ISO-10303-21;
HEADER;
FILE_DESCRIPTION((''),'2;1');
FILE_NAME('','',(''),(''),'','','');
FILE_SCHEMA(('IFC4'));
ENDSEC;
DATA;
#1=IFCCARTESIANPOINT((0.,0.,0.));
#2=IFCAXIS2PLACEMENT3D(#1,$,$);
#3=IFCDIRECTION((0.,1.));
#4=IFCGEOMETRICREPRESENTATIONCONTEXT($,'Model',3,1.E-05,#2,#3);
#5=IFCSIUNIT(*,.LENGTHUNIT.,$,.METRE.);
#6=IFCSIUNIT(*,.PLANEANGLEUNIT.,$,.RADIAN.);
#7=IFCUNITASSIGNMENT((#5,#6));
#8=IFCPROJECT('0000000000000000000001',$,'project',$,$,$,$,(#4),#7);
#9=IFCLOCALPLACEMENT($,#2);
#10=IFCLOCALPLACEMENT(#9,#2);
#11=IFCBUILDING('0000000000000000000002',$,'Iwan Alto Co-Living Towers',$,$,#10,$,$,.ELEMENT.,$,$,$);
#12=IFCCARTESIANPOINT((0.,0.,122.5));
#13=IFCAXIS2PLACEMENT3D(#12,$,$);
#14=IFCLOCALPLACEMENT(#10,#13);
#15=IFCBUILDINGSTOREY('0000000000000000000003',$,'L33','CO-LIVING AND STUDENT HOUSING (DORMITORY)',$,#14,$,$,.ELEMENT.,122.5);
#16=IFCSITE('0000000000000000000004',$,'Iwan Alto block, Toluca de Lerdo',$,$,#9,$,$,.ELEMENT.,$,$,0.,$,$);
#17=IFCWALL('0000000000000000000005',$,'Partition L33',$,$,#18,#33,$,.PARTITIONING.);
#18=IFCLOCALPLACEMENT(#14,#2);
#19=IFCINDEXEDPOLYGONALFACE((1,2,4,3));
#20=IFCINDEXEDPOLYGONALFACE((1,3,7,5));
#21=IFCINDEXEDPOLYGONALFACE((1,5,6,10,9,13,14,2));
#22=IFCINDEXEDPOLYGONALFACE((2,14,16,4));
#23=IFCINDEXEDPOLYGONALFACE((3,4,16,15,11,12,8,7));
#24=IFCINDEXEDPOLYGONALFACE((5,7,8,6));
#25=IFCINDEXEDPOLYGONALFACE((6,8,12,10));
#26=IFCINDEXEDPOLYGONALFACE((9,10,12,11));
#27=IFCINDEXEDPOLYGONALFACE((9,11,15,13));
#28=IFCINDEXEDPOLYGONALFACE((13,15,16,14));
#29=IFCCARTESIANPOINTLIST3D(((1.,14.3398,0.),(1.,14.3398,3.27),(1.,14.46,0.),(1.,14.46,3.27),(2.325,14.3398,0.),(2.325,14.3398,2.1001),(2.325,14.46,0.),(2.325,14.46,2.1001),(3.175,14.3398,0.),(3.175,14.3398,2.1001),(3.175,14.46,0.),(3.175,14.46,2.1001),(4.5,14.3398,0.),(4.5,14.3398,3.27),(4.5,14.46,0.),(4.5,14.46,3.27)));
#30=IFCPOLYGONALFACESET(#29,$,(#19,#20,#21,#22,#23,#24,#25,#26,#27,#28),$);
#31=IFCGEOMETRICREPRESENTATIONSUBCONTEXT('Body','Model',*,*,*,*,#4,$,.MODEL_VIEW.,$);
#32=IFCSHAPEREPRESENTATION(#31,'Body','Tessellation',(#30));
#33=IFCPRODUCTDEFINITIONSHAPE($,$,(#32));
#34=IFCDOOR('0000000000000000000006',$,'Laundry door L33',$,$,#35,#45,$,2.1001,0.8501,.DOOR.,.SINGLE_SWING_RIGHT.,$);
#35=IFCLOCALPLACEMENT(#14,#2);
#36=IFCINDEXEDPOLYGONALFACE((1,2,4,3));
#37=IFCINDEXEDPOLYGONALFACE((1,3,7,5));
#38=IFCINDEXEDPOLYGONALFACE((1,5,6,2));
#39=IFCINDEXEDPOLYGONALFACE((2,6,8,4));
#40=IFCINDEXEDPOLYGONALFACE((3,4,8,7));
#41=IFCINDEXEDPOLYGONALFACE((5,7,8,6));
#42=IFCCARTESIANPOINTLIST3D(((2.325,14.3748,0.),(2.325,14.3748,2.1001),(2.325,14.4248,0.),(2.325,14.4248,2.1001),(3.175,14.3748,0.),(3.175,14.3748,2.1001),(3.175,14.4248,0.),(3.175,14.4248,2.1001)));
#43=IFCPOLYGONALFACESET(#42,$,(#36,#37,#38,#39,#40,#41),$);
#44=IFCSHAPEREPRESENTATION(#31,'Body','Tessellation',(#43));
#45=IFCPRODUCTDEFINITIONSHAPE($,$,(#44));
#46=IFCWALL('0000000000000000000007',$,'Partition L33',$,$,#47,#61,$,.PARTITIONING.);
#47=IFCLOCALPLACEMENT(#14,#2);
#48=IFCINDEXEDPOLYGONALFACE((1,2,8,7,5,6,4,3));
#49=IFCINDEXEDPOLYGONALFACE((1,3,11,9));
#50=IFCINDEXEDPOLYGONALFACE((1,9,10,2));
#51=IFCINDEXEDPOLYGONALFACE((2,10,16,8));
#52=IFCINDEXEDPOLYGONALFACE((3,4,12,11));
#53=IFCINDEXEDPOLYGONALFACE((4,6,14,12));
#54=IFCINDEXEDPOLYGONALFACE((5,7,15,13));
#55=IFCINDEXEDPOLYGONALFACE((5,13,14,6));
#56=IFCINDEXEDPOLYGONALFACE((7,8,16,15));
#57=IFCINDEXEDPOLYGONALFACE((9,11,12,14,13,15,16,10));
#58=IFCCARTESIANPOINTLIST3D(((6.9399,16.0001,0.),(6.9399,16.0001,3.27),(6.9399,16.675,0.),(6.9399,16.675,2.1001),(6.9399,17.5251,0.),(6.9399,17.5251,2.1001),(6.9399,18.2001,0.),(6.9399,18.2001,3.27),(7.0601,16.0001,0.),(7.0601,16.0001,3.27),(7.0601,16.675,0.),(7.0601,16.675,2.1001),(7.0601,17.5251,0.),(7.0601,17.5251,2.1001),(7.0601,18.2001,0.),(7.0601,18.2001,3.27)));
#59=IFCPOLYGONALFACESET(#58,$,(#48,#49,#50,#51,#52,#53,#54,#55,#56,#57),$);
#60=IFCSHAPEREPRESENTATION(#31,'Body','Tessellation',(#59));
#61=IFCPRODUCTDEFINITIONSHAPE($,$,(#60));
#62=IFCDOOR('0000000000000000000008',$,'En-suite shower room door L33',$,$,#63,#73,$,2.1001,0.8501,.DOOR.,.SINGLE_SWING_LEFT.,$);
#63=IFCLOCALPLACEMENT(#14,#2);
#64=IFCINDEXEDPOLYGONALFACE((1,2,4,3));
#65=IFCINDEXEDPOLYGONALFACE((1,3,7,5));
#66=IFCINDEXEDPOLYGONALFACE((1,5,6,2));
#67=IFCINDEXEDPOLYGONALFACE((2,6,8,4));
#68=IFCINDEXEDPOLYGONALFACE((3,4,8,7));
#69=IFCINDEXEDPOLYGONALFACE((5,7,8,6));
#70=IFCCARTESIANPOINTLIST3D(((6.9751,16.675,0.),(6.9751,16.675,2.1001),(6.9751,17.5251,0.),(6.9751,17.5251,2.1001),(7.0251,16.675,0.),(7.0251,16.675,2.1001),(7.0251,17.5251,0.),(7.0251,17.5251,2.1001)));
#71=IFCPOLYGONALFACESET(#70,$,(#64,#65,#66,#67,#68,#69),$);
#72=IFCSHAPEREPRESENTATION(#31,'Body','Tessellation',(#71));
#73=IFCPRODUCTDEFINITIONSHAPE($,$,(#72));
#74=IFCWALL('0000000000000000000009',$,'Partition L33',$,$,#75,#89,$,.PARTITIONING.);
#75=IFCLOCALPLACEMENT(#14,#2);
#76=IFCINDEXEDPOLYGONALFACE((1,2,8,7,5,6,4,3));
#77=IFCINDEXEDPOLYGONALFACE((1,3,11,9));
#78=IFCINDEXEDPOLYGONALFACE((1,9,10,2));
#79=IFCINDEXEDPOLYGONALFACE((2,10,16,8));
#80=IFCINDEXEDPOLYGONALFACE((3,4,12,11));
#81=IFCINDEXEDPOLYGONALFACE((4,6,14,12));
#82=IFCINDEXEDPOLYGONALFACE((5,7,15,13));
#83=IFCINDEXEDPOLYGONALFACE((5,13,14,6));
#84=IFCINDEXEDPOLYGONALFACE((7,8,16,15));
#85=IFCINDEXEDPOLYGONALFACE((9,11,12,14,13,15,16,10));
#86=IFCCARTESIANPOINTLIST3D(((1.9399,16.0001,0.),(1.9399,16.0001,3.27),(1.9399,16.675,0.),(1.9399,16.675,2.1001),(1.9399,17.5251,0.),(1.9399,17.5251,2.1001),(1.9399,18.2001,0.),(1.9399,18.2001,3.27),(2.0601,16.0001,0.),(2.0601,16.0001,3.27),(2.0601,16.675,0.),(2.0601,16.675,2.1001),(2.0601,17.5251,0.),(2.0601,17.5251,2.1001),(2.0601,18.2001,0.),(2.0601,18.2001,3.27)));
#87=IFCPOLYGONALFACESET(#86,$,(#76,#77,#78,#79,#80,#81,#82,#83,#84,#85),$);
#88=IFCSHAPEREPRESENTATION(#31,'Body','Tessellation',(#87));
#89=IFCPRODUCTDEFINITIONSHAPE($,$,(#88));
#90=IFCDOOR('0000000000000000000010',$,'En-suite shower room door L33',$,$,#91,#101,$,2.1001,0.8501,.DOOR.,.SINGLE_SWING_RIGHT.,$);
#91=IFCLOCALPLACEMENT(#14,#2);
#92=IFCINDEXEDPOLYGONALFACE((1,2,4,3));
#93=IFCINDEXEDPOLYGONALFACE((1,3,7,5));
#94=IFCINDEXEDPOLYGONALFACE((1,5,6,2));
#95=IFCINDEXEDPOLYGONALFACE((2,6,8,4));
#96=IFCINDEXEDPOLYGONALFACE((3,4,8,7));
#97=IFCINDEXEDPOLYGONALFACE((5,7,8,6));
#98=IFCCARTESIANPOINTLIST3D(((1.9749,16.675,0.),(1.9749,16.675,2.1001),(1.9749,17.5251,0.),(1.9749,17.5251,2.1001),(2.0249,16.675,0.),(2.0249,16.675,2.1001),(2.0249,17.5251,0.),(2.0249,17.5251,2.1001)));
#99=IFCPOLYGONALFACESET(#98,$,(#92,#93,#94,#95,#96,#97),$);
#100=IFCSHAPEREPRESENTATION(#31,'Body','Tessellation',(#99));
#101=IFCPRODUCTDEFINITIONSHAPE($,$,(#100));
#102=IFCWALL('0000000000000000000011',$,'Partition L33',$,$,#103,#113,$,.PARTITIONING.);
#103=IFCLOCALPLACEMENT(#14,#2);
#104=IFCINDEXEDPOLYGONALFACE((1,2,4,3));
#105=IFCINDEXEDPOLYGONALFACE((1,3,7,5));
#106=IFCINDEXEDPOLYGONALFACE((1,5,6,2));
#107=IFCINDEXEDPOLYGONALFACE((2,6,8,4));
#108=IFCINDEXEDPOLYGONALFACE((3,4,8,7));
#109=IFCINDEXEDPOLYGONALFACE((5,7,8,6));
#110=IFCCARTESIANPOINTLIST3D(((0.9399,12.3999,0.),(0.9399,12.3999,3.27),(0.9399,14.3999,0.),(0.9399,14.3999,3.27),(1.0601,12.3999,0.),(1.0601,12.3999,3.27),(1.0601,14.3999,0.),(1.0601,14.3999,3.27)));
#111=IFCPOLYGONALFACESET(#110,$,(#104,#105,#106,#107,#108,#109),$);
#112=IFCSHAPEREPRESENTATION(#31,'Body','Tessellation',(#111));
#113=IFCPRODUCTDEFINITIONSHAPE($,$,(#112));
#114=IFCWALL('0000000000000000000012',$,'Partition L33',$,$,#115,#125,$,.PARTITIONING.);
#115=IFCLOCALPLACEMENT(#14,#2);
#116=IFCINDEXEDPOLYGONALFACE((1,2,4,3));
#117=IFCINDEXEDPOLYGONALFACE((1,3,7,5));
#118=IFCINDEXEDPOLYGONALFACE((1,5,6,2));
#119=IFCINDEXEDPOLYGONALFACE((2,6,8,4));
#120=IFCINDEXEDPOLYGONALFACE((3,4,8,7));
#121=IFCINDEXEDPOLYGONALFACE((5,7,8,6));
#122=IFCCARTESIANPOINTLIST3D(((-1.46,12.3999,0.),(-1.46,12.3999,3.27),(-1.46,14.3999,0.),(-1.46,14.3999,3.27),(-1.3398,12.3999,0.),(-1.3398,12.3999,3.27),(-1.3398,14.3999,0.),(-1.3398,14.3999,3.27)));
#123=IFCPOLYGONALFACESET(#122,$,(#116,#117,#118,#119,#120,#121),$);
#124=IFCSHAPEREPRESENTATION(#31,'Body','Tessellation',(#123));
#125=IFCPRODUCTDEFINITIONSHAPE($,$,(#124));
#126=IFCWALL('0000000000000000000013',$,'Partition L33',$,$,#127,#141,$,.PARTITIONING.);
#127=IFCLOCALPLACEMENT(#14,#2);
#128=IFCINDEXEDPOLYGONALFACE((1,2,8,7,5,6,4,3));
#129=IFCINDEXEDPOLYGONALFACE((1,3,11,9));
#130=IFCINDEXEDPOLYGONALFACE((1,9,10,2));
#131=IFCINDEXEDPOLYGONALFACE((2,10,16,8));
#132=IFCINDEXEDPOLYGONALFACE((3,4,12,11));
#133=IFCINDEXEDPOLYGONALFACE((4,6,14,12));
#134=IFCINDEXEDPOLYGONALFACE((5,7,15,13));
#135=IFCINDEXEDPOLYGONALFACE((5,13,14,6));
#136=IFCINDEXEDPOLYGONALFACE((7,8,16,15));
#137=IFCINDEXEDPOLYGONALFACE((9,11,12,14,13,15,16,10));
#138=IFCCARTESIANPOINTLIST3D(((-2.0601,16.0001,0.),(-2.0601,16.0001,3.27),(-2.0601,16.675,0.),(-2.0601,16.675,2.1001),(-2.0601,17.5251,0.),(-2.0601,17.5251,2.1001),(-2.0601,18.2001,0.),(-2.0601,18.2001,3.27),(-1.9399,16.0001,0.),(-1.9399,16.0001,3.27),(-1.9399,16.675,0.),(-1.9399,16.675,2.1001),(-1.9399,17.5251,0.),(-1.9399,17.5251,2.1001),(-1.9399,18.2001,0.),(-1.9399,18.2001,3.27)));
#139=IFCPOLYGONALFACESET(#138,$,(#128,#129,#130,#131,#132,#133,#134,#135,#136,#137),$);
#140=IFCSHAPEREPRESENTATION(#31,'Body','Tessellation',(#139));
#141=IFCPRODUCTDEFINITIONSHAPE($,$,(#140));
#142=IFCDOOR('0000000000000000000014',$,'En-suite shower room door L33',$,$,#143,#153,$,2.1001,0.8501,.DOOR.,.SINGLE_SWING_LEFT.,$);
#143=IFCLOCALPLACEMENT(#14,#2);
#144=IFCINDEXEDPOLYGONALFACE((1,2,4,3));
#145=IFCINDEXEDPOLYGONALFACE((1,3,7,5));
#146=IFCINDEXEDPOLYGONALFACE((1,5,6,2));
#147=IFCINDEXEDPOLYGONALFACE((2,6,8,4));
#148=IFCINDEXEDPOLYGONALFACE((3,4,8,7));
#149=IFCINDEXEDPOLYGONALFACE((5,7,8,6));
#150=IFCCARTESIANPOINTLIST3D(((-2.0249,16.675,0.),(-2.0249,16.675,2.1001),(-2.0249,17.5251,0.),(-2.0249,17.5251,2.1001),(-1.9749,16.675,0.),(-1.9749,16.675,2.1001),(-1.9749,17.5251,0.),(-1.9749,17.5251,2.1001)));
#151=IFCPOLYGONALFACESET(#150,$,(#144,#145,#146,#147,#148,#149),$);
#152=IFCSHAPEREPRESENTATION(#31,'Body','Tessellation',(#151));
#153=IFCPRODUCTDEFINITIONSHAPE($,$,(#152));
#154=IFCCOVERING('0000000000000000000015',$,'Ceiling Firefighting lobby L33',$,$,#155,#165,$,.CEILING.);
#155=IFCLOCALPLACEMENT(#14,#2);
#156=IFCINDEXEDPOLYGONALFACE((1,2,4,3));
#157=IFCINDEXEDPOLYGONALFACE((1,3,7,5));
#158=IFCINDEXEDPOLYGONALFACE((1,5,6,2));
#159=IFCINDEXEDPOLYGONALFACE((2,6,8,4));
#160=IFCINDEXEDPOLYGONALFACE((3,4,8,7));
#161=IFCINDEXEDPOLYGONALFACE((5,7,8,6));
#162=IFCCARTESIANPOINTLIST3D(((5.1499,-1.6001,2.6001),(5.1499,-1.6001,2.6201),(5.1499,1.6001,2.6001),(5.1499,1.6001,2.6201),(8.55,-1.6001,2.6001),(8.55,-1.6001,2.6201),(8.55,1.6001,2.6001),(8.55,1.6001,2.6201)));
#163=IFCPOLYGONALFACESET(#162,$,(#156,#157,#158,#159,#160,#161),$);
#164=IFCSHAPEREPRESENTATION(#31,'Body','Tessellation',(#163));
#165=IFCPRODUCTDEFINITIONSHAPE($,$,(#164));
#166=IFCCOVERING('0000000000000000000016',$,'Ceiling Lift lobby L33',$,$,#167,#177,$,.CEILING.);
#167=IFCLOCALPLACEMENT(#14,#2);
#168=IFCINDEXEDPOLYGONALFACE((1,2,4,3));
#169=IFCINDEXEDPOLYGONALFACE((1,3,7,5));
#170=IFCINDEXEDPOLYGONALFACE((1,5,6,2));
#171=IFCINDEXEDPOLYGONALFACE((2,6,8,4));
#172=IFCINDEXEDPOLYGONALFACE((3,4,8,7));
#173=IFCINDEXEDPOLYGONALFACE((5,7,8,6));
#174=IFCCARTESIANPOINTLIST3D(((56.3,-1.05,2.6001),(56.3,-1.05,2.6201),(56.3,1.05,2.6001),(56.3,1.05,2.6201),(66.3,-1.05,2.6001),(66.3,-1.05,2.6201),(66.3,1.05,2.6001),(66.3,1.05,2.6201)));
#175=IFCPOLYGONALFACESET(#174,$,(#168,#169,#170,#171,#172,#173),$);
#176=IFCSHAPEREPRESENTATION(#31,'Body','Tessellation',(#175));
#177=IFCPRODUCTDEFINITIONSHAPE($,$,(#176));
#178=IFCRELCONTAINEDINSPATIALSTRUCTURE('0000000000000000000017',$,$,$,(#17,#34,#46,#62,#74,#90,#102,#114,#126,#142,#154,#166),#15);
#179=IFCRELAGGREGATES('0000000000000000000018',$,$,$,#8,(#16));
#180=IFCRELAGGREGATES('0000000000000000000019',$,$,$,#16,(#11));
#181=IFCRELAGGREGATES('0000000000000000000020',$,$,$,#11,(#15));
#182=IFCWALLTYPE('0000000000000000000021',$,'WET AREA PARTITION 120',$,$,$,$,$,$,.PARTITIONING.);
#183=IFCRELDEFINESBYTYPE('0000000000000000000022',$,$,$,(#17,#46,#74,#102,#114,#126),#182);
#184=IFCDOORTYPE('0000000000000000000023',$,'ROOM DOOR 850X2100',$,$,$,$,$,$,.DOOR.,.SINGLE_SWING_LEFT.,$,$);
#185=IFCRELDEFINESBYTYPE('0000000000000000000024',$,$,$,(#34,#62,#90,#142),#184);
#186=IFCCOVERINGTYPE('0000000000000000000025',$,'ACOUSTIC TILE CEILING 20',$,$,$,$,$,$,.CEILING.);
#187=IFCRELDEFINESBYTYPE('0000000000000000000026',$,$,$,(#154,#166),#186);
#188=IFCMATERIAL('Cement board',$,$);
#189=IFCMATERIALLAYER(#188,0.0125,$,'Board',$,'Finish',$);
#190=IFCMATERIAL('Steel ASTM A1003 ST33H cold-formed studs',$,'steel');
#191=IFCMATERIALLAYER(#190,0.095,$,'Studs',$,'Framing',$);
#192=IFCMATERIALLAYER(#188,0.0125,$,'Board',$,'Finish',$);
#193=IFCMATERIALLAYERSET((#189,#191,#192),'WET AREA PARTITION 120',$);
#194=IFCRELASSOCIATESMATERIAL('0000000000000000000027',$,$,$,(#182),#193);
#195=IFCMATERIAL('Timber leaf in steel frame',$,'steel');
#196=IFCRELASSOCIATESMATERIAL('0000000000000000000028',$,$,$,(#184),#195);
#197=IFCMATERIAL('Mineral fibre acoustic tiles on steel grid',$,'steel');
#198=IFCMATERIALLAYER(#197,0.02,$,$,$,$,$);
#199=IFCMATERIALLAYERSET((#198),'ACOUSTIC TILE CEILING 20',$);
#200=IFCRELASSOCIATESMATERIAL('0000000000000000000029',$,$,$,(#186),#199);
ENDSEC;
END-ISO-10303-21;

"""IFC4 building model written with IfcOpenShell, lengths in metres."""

from ifc_helpers import new_model, si_unit, direction, frame, frame_2d, origin, place, context, subcontext, project, spatial, polyline, rectangle, outline, extrude, material, layer, layer_set, type_object, element, fill, save


model = new_model("IFC4")

# Units and contexts
model_context = context("Model", 3, precision=1e-05, world=origin(), true_north=direction((0.0, 1.0)))
body_context = subcontext(model_context, "Body", "Model", "MODEL_VIEW")
ifc_project = project(units=[si_unit("LENGTHUNIT", "METRE"), si_unit("PLANEANGLEUNIT", "RADIAN")], contexts=[model_context])

# Site, building, storey
site_placement = place(None, origin())
site = spatial("IfcSite", under=ifc_project, at=site_placement, Name="Iwan Alto block, Toluca de Lerdo", CompositionType="ELEMENT", RefElevation=0.0)
building_placement = place(site_placement, origin())
building = spatial("IfcBuilding", under=site, at=building_placement, Name="Iwan Alto Co-Living Towers", CompositionType="ELEMENT")
storey_placement = place(building_placement, frame((0.0, 0.0, 122.5)))
storey = spatial("IfcBuildingStorey", under=building, at=storey_placement, Name="L33", Description="CO-LIVING AND STUDENT HOUSING (DORMITORY)", CompositionType="ELEMENT", Elevation=122.5)

# Shared definitions
ifc_material_1 = material(Name="Steel ASTM A1003 ST33H cold-formed studs", Category="steel")

# Walls, openings, doors
ifc_material_2 = material(Name="Cement board")
ifc_layer_1 = layer(ifc_material_2, 0.0125, Name="Board", Category="Finish")
ifc_layer_2 = layer(ifc_material_1, 0.095, Name="Studs", Category="Framing")
ifc_layer_3 = layer(ifc_material_2, 0.0125, Name="Board", Category="Finish")
ifc_layer_set_1 = layer_set([ifc_layer_1, ifc_layer_2, ifc_layer_3], Name="WET AREA PARTITION 120")
wall_type_1 = type_object("IfcWallType", Name="WET AREA PARTITION 120", PredefinedType="PARTITIONING", material=ifc_layer_set_1)
wall_1_placement = place(storey_placement, frame((1.0, 14.3999, 0.0), z_axis=(0.0, 0.0, 1.0), x_axis=(1.0, 0.0, 0.0)))
wall_1 = element("IfcWall", 1, at=wall_1_placement, inside=storey, type_object=wall_type_1, Name="Partition L33", PredefinedType="PARTITIONING", context=body_context, shape_type="SweptSolid", body=[
    extrude(rectangle(XDim=3.5, YDim=0.1201, at=frame_2d((1.75, 0.0))), origin(), (0.0, 0.0, 1.0), 3.27),
])
opening_1_placement = place(wall_1_placement, frame((1.325, 0.0, 0.0)))
opening_1 = element("IfcOpeningElement", 2, at=opening_1_placement, cuts=wall_1, PredefinedType="OPENING", context=body_context, shape_type="SweptSolid", body=[
    extrude(rectangle(XDim=0.8501, YDim=2.1001, at=frame_2d((0.425, 1.05))), frame((0.0, 0.0701, 0.0), z_axis=(0.0, -1.0, 0.0), x_axis=(1.0, 0.0, 0.0)), (0.0, 0.0, 1.0), 0.1401),
])
ifc_material_3 = material(Name="Timber leaf in steel frame", Category="steel")
door_type_1 = type_object("IfcDoorType", Name="ROOM DOOR 850X2100", OperationType="SINGLE_SWING_LEFT", PredefinedType="DOOR", material=ifc_material_3)
door_1_placement = place(opening_1_placement, origin())
door_1 = element("IfcDoor", 3, at=door_1_placement, inside=storey, type_object=door_type_1, Name="Laundry door L33", OperationType="SINGLE_SWING_RIGHT", OverallHeight=2.1001, OverallWidth=0.8501, PredefinedType="DOOR", context=body_context, shape_type="SweptSolid", body=[
    extrude(rectangle(XDim=0.8501, YDim=2.1001, at=frame_2d((0.425, 1.05))), frame((0.0, 0.0249, 0.0), z_axis=(0.0, -1.0, 0.0), x_axis=(1.0, 0.0, 0.0)), (0.0, 0.0, 1.0), 0.05),
])
fill(opening_1, door_1)
wall_2_placement = place(storey_placement, frame((7.0, 16.0, 0.0), z_axis=(0.0, 0.0, 1.0), x_axis=(0.0, 1.0, 0.0)))
wall_2 = element("IfcWall", 4, at=wall_2_placement, inside=storey, type_object=wall_type_1, Name="Partition L33", PredefinedType="PARTITIONING", context=body_context, shape_type="SweptSolid", body=[
    extrude(rectangle(XDim=2.2, YDim=0.1201, at=frame_2d((1.1001, 0.0))), origin(), (0.0, 0.0, 1.0), 3.27),
])
opening_2_placement = place(wall_2_placement, frame((0.675, 0.0, 0.0)))
opening_2 = element("IfcOpeningElement", 5, at=opening_2_placement, cuts=wall_2, PredefinedType="OPENING", context=body_context, shape_type="SweptSolid", body=[
    extrude(rectangle(XDim=0.8501, YDim=2.1001, at=frame_2d((0.425, 1.05))), frame((0.0, 0.0701, 0.0), z_axis=(0.0, -1.0, 0.0), x_axis=(1.0, 0.0, 0.0)), (0.0, 0.0, 1.0), 0.1401),
])
door_2_placement = place(opening_2_placement, origin())
door_2 = element("IfcDoor", 6, at=door_2_placement, inside=storey, type_object=door_type_1, Name="En-suite shower room door L33", OperationType="SINGLE_SWING_LEFT", OverallHeight=2.1001, OverallWidth=0.8501, PredefinedType="DOOR", context=body_context, shape_type="SweptSolid", body=[
    extrude(rectangle(XDim=0.8501, YDim=2.1001, at=frame_2d((0.425, 1.05))), frame((0.0, 0.0249, 0.0), z_axis=(0.0, -1.0, 0.0), x_axis=(1.0, 0.0, 0.0)), (0.0, 0.0, 1.0), 0.05),
])
fill(opening_2, door_2)
wall_3_placement = place(storey_placement, frame((2.0, 16.0, 0.0), z_axis=(0.0, 0.0, 1.0), x_axis=(0.0, 1.0, 0.0)))
wall_3 = element("IfcWall", 7, at=wall_3_placement, inside=storey, type_object=wall_type_1, Name="Partition L33", PredefinedType="PARTITIONING", context=body_context, shape_type="SweptSolid", body=[
    extrude(rectangle(XDim=2.2, YDim=0.1201, at=frame_2d((1.1001, 0.0))), origin(), (0.0, 0.0, 1.0), 3.27),
])
opening_3_placement = place(wall_3_placement, frame((0.675, 0.0, 0.0)))
opening_3 = element("IfcOpeningElement", 8, at=opening_3_placement, cuts=wall_3, PredefinedType="OPENING", context=body_context, shape_type="SweptSolid", body=[
    extrude(rectangle(XDim=0.8501, YDim=2.1001, at=frame_2d((0.425, 1.05))), frame((0.0, 0.0701, 0.0), z_axis=(0.0, -1.0, 0.0), x_axis=(1.0, 0.0, 0.0)), (0.0, 0.0, 1.0), 0.1401),
])
door_3_placement = place(opening_3_placement, frame((0.8501, 0.0, 0.0), z_axis=(0.0, 0.0, 1.0), x_axis=(-1.0, 0.0, 0.0)))
door_3 = element("IfcDoor", 9, at=door_3_placement, inside=storey, type_object=door_type_1, Name="En-suite shower room door L33", OperationType="SINGLE_SWING_RIGHT", OverallHeight=2.1001, OverallWidth=0.8501, PredefinedType="DOOR", context=body_context, shape_type="SweptSolid", body=[
    extrude(rectangle(XDim=0.8501, YDim=2.1001, at=frame_2d((0.425, 1.05))), frame((0.0, 0.0249, 0.0), z_axis=(0.0, -1.0, 0.0), x_axis=(1.0, 0.0, 0.0)), (0.0, 0.0, 1.0), 0.05),
])
fill(opening_3, door_3)

# Walls
for number, where, z_axis, x_axis, name in (
    (10, (1.0, 12.3999, 0.0), (0.0, 0.0, 1.0), (0.0, 1.0, 0.0), "Partition L33"),
    (11, (-1.3999, 12.3999, 0.0), (0.0, 0.0, 1.0), (0.0, 1.0, 0.0), "Partition L33"),
):
    element("IfcWall", number, at=place(storey_placement, frame(where, z_axis=z_axis, x_axis=x_axis)), inside=storey, type_object=wall_type_1, Name=name, PredefinedType="PARTITIONING", context=body_context, shape_type="SweptSolid", body=[
        extrude(rectangle(XDim=2.0, YDim=0.1201, at=frame_2d((1.0, 0.0))), origin(), (0.0, 0.0, 1.0), 3.27),
    ])

# Wall, opening, door
wall_4_placement = place(storey_placement, frame((-2.0, 16.0, 0.0), z_axis=(0.0, 0.0, 1.0), x_axis=(0.0, 1.0, 0.0)))
wall_4 = element("IfcWall", 12, at=wall_4_placement, inside=storey, type_object=wall_type_1, Name="Partition L33", PredefinedType="PARTITIONING", context=body_context, shape_type="SweptSolid", body=[
    extrude(rectangle(XDim=2.2, YDim=0.1201, at=frame_2d((1.1001, 0.0))), origin(), (0.0, 0.0, 1.0), 3.27),
])
opening_4_placement = place(wall_4_placement, frame((0.675, 0.0, 0.0)))
opening_4 = element("IfcOpeningElement", 13, at=opening_4_placement, cuts=wall_4, PredefinedType="OPENING", context=body_context, shape_type="SweptSolid", body=[
    extrude(rectangle(XDim=0.8501, YDim=2.1001, at=frame_2d((0.425, 1.05))), frame((0.0, 0.0701, 0.0), z_axis=(0.0, -1.0, 0.0), x_axis=(1.0, 0.0, 0.0)), (0.0, 0.0, 1.0), 0.1401),
])
door_4_placement = place(opening_4_placement, origin())
door_4 = element("IfcDoor", 14, at=door_4_placement, inside=storey, type_object=door_type_1, Name="En-suite shower room door L33", OperationType="SINGLE_SWING_LEFT", OverallHeight=2.1001, OverallWidth=0.8501, PredefinedType="DOOR", context=body_context, shape_type="SweptSolid", body=[
    extrude(rectangle(XDim=0.8501, YDim=2.1001, at=frame_2d((0.425, 1.05))), frame((0.0, 0.0249, 0.0), z_axis=(0.0, -1.0, 0.0), x_axis=(1.0, 0.0, 0.0)), (0.0, 0.0, 1.0), 0.05),
])
fill(opening_4, door_4)

# Coverings
ifc_material_4 = material(Name="Mineral fibre acoustic tiles on steel grid", Category="steel")
ifc_layer_4 = layer(ifc_material_4, 0.02)
ifc_layer_set_2 = layer_set([ifc_layer_4], Name="ACOUSTIC TILE CEILING 20")
covering_type_1 = type_object("IfcCoveringType", Name="ACOUSTIC TILE CEILING 20", PredefinedType="CEILING", material=ifc_layer_set_2)
covering_1_placement = place(storey_placement, frame((0.0, 0.0, 2.6001)))
element("IfcCovering", 15, at=covering_1_placement, inside=storey, type_object=covering_type_1, Name="Ceiling Firefighting lobby L33", PredefinedType="CEILING", context=body_context, shape_type="SweptSolid", body=[
    extrude(outline(polyline([(5.1499, -1.6001), (5.1499, 1.6001), (8.55, 1.6001), (8.55, -1.6001), (5.1499, -1.6001)])), origin(), (0.0, 0.0, 1.0), 0.02),
])
covering_2_placement = place(storey_placement, frame((0.0, 0.0, 2.6001)))
element("IfcCovering", 16, at=covering_2_placement, inside=storey, type_object=covering_type_1, Name="Ceiling Lift lobby L33", PredefinedType="CEILING", context=body_context, shape_type="SweptSolid", body=[
    extrude(outline(polyline([(56.3, -1.05), (56.3, 1.05), (66.3, 1.05), (66.3, -1.05), (56.3, -1.05)])), origin(), (0.0, 0.0, 1.0), 0.02),
])

save(model, "model.ifc")
